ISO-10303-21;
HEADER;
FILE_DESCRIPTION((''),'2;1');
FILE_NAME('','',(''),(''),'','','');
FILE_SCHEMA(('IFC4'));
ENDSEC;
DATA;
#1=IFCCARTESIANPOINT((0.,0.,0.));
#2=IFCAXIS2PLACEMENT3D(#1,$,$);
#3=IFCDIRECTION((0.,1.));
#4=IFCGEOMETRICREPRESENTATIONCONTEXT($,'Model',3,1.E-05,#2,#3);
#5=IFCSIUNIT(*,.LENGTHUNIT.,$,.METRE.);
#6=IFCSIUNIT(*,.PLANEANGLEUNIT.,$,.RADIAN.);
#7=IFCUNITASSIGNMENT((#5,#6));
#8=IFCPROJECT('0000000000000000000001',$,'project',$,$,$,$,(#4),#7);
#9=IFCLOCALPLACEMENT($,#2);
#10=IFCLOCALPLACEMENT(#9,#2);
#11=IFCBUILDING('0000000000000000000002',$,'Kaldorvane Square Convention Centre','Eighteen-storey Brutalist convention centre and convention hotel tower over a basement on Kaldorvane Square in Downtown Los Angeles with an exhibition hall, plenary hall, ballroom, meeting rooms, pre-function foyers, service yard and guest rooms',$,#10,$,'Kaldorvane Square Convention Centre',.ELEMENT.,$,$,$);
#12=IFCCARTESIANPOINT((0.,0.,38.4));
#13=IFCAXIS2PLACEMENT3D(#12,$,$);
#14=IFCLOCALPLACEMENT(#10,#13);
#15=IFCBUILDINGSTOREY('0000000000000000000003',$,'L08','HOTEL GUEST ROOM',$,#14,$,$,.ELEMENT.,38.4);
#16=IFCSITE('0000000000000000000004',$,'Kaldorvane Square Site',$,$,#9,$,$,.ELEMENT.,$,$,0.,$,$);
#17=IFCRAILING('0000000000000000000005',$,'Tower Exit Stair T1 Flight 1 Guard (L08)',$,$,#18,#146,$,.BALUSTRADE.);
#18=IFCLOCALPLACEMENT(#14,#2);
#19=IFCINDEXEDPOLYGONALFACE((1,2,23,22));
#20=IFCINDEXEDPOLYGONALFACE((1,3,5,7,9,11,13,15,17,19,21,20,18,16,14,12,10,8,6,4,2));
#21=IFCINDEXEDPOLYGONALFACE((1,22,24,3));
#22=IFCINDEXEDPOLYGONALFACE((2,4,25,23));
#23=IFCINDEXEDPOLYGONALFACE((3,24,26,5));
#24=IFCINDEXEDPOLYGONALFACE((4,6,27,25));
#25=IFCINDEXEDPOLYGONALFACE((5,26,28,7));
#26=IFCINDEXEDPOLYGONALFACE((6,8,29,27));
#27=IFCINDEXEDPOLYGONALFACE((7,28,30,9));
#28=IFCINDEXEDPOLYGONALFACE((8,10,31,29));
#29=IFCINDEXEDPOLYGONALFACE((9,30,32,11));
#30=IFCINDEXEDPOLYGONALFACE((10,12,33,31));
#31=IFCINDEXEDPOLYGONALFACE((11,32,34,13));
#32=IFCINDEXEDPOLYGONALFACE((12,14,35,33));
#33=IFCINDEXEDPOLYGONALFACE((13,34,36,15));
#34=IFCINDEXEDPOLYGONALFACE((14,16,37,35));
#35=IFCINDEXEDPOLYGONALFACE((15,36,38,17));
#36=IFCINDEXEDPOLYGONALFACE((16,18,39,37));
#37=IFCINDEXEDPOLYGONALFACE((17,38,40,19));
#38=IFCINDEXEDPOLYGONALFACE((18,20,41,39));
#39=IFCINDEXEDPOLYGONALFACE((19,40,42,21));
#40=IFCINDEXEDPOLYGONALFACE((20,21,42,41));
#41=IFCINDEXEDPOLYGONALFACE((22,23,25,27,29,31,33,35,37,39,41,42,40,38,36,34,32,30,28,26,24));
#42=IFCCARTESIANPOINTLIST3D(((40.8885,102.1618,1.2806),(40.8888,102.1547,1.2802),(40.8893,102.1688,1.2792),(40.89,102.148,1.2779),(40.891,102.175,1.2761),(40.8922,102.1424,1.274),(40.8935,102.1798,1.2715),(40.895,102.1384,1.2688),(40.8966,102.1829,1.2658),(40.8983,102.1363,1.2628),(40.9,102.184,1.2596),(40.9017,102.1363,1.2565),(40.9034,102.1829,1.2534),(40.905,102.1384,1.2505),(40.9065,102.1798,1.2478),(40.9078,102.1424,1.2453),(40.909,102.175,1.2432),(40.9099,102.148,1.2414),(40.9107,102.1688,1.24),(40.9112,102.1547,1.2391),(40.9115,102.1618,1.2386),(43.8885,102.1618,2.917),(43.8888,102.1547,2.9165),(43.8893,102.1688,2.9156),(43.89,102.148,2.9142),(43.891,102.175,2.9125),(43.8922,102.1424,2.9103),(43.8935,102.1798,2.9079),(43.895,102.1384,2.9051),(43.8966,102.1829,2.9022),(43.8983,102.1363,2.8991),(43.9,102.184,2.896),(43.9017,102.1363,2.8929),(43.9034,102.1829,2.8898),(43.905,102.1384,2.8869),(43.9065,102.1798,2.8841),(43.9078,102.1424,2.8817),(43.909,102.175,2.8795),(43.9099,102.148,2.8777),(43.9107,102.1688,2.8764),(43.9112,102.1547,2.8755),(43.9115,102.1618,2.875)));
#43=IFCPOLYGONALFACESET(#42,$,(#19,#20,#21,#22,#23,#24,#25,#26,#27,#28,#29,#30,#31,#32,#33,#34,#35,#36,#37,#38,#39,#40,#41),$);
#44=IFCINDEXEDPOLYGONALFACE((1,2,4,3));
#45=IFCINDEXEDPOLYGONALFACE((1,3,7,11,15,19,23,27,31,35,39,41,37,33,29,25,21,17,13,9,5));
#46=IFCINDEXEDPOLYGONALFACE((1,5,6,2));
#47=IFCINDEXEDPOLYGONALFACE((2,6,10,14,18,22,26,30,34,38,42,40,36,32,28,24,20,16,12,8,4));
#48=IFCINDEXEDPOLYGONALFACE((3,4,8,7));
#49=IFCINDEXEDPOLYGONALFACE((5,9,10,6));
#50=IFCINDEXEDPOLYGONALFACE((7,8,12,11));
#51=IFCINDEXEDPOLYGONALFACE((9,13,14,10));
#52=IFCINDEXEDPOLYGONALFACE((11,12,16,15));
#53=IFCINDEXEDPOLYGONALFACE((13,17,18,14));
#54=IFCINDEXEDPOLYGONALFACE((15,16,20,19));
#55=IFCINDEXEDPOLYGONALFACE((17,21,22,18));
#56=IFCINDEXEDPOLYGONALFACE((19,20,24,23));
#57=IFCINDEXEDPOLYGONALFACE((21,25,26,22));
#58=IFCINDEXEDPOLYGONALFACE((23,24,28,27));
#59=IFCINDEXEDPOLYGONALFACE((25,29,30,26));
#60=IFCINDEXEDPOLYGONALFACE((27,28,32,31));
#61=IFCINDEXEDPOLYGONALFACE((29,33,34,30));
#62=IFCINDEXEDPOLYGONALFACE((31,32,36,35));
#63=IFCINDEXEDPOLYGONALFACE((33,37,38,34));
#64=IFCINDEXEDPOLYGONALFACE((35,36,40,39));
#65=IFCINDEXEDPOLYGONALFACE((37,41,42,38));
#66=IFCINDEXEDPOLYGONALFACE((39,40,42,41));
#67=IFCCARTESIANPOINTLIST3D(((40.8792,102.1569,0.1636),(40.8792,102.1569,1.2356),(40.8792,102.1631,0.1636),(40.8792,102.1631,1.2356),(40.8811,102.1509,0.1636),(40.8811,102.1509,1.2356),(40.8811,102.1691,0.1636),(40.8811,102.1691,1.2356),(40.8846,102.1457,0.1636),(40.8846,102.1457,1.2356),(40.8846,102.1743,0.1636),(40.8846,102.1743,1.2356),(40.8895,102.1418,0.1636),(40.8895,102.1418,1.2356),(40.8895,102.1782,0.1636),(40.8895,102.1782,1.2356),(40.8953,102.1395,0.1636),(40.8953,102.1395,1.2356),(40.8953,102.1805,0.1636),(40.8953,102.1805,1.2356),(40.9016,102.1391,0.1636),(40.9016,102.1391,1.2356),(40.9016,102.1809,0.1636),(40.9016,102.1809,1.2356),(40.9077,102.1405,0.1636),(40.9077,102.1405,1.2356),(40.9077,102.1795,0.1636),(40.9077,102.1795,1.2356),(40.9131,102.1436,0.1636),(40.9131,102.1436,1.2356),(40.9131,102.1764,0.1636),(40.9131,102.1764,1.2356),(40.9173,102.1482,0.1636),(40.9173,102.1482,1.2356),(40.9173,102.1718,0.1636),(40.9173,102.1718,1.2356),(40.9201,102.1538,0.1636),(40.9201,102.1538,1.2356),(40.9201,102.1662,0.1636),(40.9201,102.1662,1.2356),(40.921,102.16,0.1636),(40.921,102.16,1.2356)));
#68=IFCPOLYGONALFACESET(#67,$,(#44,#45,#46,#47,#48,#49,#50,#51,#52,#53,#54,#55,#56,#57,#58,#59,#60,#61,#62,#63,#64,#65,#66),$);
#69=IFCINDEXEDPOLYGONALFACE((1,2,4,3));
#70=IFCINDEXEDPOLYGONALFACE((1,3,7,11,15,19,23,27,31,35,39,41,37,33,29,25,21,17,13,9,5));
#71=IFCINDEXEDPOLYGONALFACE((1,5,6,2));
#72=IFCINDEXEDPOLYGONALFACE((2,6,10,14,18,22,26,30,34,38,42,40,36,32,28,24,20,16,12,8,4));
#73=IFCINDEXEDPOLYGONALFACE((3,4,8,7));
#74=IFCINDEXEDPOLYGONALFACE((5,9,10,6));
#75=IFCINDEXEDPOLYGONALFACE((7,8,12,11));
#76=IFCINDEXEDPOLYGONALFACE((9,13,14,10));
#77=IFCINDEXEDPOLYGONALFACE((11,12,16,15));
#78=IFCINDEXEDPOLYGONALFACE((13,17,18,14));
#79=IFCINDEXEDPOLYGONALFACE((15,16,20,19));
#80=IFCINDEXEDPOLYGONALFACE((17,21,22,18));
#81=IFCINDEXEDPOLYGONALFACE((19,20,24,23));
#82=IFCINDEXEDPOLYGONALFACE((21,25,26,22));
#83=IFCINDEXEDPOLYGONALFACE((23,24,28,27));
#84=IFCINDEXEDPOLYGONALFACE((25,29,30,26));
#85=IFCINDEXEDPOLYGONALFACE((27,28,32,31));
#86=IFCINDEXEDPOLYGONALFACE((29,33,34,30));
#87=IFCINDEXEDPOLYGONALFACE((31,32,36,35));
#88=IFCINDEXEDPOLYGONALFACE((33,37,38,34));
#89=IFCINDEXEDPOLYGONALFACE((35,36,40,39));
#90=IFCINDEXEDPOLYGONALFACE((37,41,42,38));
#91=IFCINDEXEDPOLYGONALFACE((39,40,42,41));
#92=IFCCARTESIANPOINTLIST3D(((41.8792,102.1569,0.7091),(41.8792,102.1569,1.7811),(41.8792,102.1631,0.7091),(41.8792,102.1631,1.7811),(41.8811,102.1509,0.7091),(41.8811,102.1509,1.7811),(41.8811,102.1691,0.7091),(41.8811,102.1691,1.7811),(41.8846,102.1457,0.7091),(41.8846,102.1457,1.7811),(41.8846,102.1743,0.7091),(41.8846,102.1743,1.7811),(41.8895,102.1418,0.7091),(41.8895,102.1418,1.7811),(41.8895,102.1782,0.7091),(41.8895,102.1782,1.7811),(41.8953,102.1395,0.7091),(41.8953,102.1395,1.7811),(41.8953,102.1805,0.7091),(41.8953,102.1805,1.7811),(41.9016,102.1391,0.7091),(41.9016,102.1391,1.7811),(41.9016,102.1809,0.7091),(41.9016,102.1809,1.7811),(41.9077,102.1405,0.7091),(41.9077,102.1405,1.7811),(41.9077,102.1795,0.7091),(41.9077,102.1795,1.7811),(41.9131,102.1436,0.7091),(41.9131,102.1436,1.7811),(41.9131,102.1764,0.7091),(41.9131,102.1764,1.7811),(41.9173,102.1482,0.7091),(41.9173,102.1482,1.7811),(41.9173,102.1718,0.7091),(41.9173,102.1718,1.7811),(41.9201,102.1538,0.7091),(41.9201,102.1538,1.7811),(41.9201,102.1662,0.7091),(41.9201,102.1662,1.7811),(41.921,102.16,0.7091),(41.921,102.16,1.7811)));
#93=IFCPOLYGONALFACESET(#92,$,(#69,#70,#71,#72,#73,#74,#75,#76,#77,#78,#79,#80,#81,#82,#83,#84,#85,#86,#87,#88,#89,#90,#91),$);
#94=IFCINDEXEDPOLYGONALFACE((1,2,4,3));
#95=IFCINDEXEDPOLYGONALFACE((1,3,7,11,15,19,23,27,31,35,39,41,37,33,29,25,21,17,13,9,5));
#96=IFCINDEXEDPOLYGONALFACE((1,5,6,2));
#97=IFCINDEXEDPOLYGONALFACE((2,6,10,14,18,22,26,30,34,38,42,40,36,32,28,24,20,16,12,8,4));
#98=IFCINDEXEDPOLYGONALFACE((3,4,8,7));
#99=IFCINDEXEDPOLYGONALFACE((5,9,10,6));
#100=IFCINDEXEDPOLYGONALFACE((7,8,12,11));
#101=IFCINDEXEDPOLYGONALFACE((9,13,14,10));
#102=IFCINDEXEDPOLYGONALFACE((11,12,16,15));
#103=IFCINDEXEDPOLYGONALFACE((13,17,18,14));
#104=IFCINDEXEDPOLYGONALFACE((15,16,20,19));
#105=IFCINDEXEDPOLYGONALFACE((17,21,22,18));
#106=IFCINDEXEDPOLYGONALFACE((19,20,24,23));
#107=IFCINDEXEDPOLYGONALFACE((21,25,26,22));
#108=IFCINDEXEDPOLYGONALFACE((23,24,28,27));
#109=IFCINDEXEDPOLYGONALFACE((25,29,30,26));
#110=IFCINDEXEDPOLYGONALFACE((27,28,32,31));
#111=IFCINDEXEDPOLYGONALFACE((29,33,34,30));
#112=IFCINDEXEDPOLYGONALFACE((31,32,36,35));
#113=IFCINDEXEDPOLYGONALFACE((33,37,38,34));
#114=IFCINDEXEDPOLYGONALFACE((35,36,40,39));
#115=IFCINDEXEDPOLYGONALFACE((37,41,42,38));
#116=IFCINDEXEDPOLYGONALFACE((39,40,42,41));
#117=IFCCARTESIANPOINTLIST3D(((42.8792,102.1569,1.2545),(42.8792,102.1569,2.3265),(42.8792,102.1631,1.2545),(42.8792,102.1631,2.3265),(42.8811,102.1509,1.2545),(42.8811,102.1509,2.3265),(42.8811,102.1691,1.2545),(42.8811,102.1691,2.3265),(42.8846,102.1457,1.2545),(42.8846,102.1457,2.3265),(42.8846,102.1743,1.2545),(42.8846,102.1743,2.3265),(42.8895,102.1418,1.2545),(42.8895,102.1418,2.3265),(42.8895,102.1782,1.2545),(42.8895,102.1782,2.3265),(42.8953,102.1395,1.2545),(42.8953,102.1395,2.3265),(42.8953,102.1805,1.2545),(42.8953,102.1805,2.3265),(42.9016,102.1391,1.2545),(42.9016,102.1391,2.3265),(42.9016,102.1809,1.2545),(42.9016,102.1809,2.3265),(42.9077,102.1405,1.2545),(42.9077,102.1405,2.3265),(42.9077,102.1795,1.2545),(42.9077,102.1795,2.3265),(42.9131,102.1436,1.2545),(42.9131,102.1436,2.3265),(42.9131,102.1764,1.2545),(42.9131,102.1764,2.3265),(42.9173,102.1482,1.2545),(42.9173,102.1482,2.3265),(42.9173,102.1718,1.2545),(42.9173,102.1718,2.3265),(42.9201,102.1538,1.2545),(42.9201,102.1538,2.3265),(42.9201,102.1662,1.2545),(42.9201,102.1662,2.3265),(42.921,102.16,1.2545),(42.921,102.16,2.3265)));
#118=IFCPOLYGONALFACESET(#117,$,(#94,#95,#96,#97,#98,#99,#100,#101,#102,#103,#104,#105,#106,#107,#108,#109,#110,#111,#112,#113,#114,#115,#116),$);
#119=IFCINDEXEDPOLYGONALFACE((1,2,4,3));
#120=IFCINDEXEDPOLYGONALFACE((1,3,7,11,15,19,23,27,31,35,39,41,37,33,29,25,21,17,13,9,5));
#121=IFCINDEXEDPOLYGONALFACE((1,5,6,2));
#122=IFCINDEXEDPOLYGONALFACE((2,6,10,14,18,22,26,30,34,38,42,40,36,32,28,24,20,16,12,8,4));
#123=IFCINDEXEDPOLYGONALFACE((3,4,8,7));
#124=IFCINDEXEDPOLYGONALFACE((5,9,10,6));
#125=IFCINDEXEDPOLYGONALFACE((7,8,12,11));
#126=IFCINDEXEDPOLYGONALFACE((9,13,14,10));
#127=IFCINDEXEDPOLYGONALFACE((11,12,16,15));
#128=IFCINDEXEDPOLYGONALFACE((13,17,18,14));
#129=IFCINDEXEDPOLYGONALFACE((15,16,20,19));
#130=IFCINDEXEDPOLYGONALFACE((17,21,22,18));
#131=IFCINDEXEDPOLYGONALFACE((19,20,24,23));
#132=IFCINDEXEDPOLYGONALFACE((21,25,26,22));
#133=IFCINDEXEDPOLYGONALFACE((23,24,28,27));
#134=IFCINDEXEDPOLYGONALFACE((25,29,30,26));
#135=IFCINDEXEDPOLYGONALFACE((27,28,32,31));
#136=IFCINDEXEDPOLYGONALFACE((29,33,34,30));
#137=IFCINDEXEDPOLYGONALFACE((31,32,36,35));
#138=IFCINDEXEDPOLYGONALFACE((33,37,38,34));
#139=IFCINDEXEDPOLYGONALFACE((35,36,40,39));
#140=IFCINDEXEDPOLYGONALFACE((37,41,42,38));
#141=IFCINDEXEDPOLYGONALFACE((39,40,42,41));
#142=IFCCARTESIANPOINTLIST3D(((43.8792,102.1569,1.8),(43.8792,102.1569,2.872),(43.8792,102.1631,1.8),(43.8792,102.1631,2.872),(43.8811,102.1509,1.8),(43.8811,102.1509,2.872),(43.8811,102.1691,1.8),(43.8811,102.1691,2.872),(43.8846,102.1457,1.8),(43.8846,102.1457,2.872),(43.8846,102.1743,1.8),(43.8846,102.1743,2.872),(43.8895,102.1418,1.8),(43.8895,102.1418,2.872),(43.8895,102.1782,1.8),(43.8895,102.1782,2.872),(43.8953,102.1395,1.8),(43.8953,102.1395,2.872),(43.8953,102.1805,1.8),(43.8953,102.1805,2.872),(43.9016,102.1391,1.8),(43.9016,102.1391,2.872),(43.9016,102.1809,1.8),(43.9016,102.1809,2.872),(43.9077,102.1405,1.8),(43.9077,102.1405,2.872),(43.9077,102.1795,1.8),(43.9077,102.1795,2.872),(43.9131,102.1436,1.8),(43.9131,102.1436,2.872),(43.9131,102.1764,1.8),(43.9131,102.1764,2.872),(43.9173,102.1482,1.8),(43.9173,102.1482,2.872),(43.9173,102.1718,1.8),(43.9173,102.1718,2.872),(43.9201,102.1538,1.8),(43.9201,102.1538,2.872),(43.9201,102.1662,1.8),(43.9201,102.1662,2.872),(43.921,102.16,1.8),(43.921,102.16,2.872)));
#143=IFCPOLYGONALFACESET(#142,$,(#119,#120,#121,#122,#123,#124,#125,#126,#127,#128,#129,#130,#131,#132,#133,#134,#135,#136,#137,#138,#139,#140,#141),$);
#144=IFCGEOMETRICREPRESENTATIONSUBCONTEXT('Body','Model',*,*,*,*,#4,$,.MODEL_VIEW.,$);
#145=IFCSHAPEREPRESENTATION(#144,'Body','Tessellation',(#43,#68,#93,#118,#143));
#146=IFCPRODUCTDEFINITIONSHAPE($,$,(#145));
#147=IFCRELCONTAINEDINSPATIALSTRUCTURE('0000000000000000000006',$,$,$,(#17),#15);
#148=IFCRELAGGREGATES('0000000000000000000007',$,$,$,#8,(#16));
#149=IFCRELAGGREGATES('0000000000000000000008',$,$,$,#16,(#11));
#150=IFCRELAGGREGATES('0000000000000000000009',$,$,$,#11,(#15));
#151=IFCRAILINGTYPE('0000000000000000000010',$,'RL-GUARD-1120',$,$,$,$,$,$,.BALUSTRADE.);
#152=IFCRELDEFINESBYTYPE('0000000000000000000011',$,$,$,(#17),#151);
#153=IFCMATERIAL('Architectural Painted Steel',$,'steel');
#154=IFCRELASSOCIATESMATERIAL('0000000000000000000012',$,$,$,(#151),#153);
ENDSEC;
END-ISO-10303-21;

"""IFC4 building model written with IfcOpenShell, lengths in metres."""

from ifc_helpers import new_model, si_unit, direction, frame, origin, origin_2d, place, context, subcontext, project, spatial, circle, extrude, material, type_object, element, save


model = new_model("IFC4")

# Units and contexts
model_context = context("Model", 3, precision=1e-05, world=origin(), true_north=direction((0.0, 1.0)))
body_context = subcontext(model_context, "Body", "Model", "MODEL_VIEW")
ifc_project = project(units=[si_unit("LENGTHUNIT", "METRE"), si_unit("PLANEANGLEUNIT", "RADIAN")], contexts=[model_context])

# Site, building, storey
site_placement = place(None, origin())
site = spatial("IfcSite", under=ifc_project, at=site_placement, Name="Kaldorvane Square Site", CompositionType="ELEMENT", RefElevation=0.0)
building_placement = place(site_placement, origin())
building = spatial("IfcBuilding", under=site, at=building_placement, Name="Kaldorvane Square Convention Centre", Description="Eighteen-storey Brutalist convention centre and convention hotel tower over a basement on Kaldorvane Square in Downtown Los Angeles with an exhibition hall, plenary hall, ballroom, meeting rooms, pre-function foyers, service yard and guest rooms", LongName="Kaldorvane Square Convention Centre", CompositionType="ELEMENT")
storey_placement = place(building_placement, frame((0.0, 0.0, 38.4)))
storey = spatial("IfcBuildingStorey", under=building, at=storey_placement, Name="L08", Description="HOTEL GUEST ROOM", CompositionType="ELEMENT", Elevation=38.4)

# Railing
ifc_material_1 = material(Name="Architectural Painted Steel", Category="steel")
railing_type = type_object("IfcRailingType", Name="RL-GUARD-1120", PredefinedType="BALUSTRADE", material=ifc_material_1)
railing_1_placement = place(storey_placement, frame((40.9, 102.16, 0.1636)))
element("IfcRailing", 1, at=railing_1_placement, inside=storey, type_object=railing_type, Name="Tower Exit Stair T1 Flight 1 Guard (L08)", PredefinedType="BALUSTRADE", context=body_context, shape_type="SweptSolid", body=[
    extrude(circle(Radius=0.024, at=origin_2d()), frame((0.0, 0.0, 1.096), z_axis=(0.877895, 0.0, 0.478853), x_axis=(0.0, 1.0, 0.0)), (0.0, 0.0, 1.0), 3.4173),
    extrude(circle(Radius=0.021, at=origin_2d()), origin(), (0.0, 0.0, 1.0), 1.072),
    extrude(circle(Radius=0.021, at=origin_2d()), frame((1.0, 0.0, 0.5455)), (0.0, 0.0, 1.0), 1.072),
    extrude(circle(Radius=0.021, at=origin_2d()), frame((2.0, 0.0, 1.0909)), (0.0, 0.0, 1.0), 1.072),
    extrude(circle(Radius=0.021, at=origin_2d()), frame((3.0, 0.0, 1.6364)), (0.0, 0.0, 1.0), 1.072),
])

save(model, "model.ifc")
